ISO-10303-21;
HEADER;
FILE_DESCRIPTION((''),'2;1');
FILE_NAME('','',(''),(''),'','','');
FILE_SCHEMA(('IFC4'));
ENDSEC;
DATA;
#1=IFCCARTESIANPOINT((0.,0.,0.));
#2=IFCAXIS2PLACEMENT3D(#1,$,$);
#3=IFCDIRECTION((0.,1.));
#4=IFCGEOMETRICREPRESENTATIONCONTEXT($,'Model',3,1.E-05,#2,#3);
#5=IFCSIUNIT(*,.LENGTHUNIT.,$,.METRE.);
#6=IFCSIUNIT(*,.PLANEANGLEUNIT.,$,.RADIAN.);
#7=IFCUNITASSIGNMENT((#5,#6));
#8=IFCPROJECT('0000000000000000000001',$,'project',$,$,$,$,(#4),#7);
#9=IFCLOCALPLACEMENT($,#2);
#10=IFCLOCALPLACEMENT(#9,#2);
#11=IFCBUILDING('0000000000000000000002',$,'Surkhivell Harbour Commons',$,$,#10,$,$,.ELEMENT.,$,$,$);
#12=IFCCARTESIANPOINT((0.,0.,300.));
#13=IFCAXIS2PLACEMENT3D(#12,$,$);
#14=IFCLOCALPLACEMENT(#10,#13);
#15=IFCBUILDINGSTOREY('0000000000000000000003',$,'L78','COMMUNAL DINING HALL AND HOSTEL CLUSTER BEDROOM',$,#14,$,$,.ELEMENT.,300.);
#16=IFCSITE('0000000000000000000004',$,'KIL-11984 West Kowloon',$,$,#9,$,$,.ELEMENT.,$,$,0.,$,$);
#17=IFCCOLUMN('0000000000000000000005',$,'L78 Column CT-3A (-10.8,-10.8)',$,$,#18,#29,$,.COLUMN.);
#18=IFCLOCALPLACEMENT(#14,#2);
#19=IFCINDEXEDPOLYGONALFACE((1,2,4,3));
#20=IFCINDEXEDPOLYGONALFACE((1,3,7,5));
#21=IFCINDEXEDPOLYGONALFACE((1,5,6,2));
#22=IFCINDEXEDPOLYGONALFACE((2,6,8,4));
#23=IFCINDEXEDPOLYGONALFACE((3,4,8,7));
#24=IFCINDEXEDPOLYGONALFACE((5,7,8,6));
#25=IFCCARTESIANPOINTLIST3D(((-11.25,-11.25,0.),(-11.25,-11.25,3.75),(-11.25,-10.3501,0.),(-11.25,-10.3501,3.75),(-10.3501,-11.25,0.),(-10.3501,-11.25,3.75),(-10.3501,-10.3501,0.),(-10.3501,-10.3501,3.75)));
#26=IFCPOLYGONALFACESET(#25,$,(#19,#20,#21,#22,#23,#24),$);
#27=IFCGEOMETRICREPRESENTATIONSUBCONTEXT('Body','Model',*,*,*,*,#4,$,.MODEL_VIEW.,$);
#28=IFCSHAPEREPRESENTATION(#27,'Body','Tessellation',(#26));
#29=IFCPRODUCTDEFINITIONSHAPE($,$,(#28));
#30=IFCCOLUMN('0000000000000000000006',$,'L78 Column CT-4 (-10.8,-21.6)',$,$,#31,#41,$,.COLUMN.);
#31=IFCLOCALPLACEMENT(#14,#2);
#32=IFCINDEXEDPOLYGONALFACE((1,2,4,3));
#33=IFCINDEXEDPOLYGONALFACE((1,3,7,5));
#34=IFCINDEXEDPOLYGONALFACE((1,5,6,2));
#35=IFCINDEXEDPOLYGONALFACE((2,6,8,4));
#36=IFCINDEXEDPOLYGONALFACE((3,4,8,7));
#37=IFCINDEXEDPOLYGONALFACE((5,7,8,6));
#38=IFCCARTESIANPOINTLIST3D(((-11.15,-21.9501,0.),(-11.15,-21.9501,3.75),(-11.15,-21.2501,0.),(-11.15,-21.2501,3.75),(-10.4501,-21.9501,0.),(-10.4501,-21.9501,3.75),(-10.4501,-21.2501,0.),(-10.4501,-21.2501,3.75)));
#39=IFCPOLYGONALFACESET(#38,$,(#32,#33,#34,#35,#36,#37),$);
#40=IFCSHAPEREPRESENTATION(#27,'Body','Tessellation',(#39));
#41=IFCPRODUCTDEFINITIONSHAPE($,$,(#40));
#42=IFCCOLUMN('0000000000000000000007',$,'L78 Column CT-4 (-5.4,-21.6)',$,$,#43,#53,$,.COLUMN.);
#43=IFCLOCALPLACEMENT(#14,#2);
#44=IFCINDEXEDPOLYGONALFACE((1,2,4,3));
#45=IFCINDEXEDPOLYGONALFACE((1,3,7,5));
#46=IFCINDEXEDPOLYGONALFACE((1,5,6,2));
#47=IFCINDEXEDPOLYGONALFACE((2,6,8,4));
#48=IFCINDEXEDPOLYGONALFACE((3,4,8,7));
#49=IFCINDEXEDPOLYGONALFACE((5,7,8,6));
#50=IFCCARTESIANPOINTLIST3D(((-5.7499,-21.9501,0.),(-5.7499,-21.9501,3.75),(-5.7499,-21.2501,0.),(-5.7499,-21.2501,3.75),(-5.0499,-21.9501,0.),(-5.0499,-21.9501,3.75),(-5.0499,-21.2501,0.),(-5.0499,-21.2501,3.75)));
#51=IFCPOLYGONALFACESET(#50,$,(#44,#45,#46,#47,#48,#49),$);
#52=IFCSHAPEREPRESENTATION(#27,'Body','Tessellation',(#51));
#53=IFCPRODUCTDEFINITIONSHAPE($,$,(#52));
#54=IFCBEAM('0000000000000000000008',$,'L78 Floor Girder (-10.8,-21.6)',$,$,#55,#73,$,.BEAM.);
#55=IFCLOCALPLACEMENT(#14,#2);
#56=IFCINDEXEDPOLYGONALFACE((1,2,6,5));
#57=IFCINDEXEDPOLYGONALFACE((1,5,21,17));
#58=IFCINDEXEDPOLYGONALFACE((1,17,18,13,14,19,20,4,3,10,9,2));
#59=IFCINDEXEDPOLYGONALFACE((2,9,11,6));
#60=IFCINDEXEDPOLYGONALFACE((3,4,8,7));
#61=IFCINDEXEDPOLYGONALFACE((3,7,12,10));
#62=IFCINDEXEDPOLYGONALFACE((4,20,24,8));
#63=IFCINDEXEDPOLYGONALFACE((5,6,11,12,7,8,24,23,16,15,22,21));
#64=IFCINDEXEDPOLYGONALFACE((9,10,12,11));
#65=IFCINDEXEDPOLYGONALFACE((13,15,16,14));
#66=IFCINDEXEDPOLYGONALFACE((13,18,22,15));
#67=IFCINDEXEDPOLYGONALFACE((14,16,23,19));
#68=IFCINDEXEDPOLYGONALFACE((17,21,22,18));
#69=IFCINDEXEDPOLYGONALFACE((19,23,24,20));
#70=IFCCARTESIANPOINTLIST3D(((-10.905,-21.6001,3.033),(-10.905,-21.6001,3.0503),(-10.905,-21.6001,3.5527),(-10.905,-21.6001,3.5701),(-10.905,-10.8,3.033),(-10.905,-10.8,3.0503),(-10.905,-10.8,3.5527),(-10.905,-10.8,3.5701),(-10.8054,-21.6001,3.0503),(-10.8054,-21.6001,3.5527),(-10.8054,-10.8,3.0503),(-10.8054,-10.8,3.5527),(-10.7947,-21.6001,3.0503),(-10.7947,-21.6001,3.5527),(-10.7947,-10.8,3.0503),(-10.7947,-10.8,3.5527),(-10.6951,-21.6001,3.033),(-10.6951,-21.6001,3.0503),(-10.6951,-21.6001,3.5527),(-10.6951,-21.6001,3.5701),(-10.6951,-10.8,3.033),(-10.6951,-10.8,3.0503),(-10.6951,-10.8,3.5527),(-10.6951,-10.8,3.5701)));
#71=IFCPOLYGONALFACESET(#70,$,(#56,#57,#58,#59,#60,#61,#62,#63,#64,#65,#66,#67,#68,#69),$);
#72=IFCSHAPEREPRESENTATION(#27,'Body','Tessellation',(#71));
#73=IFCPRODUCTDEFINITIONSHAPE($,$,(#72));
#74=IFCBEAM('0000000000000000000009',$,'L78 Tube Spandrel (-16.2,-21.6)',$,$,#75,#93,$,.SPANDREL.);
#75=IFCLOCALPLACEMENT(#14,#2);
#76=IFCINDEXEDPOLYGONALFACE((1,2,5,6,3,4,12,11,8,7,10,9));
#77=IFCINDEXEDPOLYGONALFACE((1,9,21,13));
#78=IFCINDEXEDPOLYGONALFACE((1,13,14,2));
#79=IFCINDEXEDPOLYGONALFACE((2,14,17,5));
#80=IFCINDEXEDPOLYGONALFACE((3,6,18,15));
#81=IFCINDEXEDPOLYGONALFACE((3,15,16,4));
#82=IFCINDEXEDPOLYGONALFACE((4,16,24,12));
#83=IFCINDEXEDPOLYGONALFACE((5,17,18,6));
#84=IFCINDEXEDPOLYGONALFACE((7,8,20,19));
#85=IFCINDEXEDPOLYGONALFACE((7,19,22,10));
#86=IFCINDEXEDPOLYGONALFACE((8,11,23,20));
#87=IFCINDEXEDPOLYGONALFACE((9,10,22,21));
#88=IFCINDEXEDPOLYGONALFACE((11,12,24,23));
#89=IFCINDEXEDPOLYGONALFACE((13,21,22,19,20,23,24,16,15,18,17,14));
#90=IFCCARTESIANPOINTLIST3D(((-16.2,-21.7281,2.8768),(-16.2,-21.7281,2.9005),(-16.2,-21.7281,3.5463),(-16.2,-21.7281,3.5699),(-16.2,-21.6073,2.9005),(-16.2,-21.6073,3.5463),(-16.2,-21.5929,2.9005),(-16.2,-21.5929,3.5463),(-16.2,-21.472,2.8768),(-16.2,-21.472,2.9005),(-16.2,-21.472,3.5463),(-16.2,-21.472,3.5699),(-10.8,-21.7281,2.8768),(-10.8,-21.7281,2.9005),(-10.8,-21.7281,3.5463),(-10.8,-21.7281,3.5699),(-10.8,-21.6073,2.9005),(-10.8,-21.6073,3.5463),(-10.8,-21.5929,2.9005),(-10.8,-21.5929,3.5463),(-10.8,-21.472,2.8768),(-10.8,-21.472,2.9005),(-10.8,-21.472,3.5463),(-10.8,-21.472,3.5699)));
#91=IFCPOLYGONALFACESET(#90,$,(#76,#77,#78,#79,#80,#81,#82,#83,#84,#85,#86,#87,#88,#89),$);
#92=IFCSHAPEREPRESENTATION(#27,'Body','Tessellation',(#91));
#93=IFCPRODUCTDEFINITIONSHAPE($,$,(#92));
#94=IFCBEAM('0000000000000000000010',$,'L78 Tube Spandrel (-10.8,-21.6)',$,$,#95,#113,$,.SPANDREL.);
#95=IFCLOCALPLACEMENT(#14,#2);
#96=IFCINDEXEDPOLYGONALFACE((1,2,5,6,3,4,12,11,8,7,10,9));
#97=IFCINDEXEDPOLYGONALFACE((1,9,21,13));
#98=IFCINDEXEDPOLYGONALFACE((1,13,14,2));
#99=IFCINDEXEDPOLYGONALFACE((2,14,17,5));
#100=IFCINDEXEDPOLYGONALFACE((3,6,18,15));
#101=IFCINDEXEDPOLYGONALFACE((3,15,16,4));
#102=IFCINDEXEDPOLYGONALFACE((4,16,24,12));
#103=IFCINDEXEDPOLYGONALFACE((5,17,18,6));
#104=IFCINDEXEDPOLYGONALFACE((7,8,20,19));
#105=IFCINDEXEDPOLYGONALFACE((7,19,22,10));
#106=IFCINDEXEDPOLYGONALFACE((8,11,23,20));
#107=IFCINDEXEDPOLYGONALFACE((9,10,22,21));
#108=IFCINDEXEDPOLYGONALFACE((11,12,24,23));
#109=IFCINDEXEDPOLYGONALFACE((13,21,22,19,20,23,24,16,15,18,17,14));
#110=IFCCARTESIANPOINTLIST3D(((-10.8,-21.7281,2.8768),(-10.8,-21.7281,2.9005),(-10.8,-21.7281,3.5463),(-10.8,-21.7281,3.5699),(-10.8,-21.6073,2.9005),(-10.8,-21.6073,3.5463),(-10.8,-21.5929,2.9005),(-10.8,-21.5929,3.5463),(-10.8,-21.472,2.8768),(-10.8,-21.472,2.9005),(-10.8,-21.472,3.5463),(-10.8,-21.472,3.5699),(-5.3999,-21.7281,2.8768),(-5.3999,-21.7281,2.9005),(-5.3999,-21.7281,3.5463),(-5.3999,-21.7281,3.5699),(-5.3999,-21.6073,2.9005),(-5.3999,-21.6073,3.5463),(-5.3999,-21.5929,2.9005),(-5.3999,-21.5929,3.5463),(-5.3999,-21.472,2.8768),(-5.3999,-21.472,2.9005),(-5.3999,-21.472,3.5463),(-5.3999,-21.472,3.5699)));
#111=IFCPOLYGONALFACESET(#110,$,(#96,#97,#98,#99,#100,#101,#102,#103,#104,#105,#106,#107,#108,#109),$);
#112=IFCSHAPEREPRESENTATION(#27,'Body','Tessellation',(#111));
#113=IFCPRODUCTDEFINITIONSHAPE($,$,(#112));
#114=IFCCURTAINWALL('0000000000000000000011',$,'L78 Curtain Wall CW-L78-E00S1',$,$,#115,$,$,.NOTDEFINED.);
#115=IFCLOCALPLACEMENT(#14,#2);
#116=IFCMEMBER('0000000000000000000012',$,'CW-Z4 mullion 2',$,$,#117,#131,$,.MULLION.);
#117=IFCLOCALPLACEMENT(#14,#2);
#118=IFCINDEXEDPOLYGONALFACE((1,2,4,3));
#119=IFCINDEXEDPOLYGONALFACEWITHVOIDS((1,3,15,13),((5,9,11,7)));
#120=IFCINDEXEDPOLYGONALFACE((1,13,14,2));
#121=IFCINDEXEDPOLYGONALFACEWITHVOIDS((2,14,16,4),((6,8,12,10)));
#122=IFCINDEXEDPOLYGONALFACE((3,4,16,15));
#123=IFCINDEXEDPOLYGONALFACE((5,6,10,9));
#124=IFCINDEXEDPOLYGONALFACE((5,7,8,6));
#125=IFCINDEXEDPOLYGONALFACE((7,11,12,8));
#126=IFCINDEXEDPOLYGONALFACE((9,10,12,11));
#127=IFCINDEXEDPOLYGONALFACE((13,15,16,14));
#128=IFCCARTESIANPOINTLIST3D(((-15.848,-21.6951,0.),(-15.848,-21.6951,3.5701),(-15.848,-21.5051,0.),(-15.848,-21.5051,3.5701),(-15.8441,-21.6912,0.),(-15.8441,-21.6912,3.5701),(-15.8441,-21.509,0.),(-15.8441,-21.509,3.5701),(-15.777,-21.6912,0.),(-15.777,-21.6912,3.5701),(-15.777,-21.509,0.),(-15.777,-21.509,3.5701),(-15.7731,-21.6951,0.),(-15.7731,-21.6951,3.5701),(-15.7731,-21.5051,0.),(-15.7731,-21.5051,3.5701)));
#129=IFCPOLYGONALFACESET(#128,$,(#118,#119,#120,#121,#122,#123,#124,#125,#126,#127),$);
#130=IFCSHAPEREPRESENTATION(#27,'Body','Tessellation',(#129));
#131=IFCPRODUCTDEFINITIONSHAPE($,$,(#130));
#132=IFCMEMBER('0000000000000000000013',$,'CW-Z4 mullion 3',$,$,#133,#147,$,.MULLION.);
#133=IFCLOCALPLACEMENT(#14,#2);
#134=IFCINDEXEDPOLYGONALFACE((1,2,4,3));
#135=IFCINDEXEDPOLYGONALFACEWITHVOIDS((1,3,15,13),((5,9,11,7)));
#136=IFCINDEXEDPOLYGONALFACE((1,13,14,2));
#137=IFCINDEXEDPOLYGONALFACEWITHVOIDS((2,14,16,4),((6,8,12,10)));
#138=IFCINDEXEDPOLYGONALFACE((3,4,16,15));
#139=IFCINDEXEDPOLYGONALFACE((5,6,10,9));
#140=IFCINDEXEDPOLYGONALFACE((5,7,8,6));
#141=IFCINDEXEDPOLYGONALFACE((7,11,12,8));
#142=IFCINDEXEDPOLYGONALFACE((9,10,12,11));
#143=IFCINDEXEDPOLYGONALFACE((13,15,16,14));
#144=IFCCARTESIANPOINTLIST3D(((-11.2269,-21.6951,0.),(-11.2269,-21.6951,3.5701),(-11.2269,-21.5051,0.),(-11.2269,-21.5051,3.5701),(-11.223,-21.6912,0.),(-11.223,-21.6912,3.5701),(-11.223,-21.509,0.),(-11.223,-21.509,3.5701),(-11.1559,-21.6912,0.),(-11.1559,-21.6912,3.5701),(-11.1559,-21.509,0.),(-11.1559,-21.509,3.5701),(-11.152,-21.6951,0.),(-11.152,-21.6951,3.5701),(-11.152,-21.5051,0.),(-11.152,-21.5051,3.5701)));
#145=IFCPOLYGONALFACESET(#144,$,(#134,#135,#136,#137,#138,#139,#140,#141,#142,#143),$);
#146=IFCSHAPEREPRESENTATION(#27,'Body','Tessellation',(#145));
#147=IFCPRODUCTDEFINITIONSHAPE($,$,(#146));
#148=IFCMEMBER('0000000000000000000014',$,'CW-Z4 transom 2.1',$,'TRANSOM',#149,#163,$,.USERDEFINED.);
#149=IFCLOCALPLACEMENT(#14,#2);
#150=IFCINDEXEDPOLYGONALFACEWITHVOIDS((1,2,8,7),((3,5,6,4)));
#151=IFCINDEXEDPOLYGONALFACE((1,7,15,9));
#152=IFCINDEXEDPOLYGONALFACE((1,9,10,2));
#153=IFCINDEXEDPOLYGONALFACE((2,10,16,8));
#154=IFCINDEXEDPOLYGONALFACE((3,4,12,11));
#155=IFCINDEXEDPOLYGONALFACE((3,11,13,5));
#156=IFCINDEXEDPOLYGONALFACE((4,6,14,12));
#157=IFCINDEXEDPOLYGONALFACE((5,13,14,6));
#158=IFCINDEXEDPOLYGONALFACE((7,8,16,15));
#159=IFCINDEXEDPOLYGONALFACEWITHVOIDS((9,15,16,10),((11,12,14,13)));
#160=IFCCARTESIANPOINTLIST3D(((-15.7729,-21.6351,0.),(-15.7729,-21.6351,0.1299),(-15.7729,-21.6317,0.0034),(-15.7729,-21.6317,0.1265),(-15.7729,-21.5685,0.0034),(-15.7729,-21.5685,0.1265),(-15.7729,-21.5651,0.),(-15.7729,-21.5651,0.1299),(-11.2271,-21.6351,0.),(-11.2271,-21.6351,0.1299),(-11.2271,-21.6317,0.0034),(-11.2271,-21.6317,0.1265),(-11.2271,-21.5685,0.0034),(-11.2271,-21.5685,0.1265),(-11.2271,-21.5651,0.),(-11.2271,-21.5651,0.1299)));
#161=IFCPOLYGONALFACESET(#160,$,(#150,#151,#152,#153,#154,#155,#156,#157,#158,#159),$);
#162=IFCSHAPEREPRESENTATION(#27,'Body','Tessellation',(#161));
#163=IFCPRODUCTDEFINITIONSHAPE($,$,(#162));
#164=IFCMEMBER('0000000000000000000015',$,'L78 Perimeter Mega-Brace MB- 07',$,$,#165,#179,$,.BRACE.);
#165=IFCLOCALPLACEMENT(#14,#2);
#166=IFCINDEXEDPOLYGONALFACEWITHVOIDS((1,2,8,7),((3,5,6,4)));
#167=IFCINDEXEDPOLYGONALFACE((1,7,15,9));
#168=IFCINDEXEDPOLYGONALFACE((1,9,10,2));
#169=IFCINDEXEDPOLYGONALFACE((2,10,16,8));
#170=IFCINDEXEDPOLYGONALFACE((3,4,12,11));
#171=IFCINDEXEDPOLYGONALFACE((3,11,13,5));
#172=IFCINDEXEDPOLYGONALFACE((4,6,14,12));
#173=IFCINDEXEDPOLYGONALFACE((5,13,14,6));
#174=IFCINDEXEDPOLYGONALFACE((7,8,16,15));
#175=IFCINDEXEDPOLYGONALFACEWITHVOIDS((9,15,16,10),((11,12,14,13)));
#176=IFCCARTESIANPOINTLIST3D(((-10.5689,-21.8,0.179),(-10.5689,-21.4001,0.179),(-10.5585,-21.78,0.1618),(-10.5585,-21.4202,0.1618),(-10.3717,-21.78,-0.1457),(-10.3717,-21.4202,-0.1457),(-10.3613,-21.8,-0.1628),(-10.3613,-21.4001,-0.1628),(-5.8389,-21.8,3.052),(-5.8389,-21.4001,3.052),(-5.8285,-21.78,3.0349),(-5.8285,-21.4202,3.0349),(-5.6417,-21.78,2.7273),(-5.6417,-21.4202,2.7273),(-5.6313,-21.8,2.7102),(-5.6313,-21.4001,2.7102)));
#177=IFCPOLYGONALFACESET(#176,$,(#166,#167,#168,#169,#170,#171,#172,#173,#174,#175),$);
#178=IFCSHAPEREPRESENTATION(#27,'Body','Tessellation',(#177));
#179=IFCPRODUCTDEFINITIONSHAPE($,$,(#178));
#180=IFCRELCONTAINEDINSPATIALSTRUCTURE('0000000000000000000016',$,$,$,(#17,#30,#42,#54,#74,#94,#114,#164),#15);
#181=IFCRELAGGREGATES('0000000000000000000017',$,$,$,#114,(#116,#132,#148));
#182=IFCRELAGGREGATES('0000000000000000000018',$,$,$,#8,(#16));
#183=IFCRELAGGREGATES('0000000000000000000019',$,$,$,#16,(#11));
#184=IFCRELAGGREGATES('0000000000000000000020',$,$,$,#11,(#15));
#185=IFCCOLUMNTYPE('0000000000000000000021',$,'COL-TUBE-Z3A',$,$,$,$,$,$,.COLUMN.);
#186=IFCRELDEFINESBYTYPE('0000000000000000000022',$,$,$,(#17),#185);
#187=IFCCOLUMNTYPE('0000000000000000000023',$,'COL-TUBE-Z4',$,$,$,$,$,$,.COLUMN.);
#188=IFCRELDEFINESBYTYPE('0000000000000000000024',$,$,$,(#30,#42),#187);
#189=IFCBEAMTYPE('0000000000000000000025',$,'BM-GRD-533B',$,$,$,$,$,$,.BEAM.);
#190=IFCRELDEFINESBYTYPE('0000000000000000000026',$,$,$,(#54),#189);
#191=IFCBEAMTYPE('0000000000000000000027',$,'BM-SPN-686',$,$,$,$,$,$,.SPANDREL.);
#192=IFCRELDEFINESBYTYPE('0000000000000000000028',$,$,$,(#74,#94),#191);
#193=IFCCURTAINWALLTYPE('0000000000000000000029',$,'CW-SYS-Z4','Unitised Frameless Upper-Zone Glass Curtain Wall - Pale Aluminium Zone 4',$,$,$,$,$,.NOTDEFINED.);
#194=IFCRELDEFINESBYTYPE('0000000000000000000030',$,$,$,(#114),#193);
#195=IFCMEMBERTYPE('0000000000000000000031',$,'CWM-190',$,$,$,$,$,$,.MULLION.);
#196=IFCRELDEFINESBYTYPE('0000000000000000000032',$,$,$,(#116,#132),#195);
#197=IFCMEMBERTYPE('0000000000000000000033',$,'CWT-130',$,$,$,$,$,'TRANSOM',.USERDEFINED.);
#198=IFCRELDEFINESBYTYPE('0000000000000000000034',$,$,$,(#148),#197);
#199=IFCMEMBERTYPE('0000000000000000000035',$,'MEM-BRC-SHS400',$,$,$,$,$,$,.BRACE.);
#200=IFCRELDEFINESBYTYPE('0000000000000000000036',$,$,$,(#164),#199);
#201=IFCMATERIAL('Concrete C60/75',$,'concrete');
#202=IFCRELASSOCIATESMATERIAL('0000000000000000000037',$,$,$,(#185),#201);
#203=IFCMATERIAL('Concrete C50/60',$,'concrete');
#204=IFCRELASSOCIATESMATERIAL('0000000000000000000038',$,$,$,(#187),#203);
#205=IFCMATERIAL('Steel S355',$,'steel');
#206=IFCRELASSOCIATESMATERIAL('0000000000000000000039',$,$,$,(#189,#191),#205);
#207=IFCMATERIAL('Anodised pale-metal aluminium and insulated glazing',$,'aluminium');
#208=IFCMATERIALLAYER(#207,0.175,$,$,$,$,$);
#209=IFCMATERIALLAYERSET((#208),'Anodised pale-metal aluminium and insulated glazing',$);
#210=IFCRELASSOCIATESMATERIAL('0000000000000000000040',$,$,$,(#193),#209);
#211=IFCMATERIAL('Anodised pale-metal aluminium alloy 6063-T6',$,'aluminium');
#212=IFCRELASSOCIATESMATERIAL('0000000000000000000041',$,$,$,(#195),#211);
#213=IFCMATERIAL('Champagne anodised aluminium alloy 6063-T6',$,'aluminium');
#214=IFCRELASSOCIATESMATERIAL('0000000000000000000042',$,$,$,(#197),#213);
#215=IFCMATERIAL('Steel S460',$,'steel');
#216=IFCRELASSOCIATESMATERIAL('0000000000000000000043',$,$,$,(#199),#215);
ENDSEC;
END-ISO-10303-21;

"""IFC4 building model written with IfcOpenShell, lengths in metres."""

from ifc_helpers import new_model, si_unit, direction, frame, origin, origin_2d, place, context, subcontext, project, spatial, rectangle, hollow_rectangle, i_section, extrude, material, layer, layer_set, material_profile, profile_set, type_object, element, aggregate, save


model = new_model("IFC4")

# Units and contexts
model_context = context("Model", 3, precision=1e-05, world=origin(), true_north=direction((0.0, 1.0)))
body_context = subcontext(model_context, "Body", "Model", "MODEL_VIEW")
ifc_project = project(units=[si_unit("LENGTHUNIT", "METRE"), si_unit("PLANEANGLEUNIT", "RADIAN")], contexts=[model_context])

# Site, building, storey
site_placement = place(None, origin())
site = spatial("IfcSite", under=ifc_project, at=site_placement, Name="KIL-11984 West Kowloon", CompositionType="ELEMENT", RefElevation=0.0)
building_placement = place(site_placement, origin())
building = spatial("IfcBuilding", under=site, at=building_placement, Name="Surkhivell Harbour Commons", CompositionType="ELEMENT")
storey_placement = place(building_placement, frame((0.0, 0.0, 300.0)))
storey = spatial("IfcBuildingStorey", under=building, at=storey_placement, Name="L78", Description="COMMUNAL DINING HALL AND HOSTEL CLUSTER BEDROOM", CompositionType="ELEMENT", Elevation=300.0)

# Columns
ifc_material_1 = material(Name="Concrete C60/75", Category="concrete")
ifc_material_profile_1 = material_profile(ifc_material_1, rectangle(XDim=0.8999, YDim=0.8999, at=origin_2d()), Name="RC-COL-900x900")
ifc_profile_set_1 = profile_set([ifc_material_profile_1], Name="Concrete C60/75")
column_type_1 = type_object("IfcColumnType", Name="COL-TUBE-Z3A", PredefinedType="COLUMN", material=ifc_profile_set_1)
column_placement = place(storey_placement, frame((-10.8, -10.8, 0.0), z_axis=(0.0, 0.0, 1.0), x_axis=(1.0, 0.0, 0.0)))
element("IfcColumn", 1, at=column_placement, inside=storey, type_object=column_type_1, Name="L78 Column CT-3A (-10.8,-10.8)", PredefinedType="COLUMN", context=body_context, shape_type="SweptSolid", body=[
    extrude(rectangle(XDim=0.8999, YDim=0.8999, at=origin_2d()), origin(), (0.0, 0.0, 1.0), 3.75),
])
ifc_material_2 = material(Name="Concrete C50/60", Category="concrete")
ifc_material_profile_2 = material_profile(ifc_material_2, rectangle(XDim=0.7, YDim=0.7, at=origin_2d()), Name="RC-COL-700x700")
ifc_profile_set_2 = profile_set([ifc_material_profile_2], Name="Concrete C50/60")
column_type_2 = type_object("IfcColumnType", Name="COL-TUBE-Z4", PredefinedType="COLUMN", material=ifc_profile_set_2)
for number, where, z_axis, x_axis, name in (
    (2, (-10.8, -21.6001, 0.0), (0.0, 0.0, 1.0), (1.0, 0.0, 0.0), "L78 Column CT-4 (-10.8,-21.6)"),
    (3, (-5.3999, -21.6001, 0.0), (0.0, 0.0, 1.0), (1.0, 0.0, 0.0), "L78 Column CT-4 (-5.4,-21.6)"),
):
    element("IfcColumn", number, at=place(storey_placement, frame(where, z_axis=z_axis, x_axis=x_axis)), inside=storey, type_object=column_type_2, Name=name, PredefinedType="COLUMN", context=body_context, shape_type="SweptSolid", body=[
        extrude(rectangle(XDim=0.7, YDim=0.7, at=origin_2d()), origin(), (0.0, 0.0, 1.0), 3.75),
    ])

# Beams
ifc_material_3 = material(Name="Steel S355", Category="steel")
ifc_material_profile_3 = material_profile(ifc_material_3, i_section(OverallWidth=0.21, OverallDepth=0.5371, WebThickness=0.0107, FlangeThickness=0.0173, at=origin_2d()), Name="UB533x210x101")
ifc_profile_set_3 = profile_set([ifc_material_profile_3], Name="Steel S355")
beam_type_1 = type_object("IfcBeamType", Name="BM-GRD-533B", PredefinedType="BEAM", material=ifc_profile_set_3)
beam_1_placement = place(storey_placement, frame((-10.8, -21.6001, 3.3015), z_axis=(0.0, 1.0, 0.0), x_axis=(-1.0, 0.0, 0.0)))
element("IfcBeam", 4, at=beam_1_placement, inside=storey, type_object=beam_type_1, Name="L78 Floor Girder (-10.8,-21.6)", PredefinedType="BEAM", context=body_context, shape_type="SweptSolid", body=[
    extrude(i_section(OverallWidth=0.21, OverallDepth=0.5371, WebThickness=0.0107, FlangeThickness=0.0173, at=origin_2d()), origin(), (0.0, 0.0, 1.0), 10.8),
])
ifc_material_profile_4 = material_profile(ifc_material_3, i_section(OverallWidth=0.2561, OverallDepth=0.6931, WebThickness=0.0144, FlangeThickness=0.0237, at=origin_2d()), Name="UB686x254x170")
ifc_profile_set_4 = profile_set([ifc_material_profile_4], Name="Steel S355")
beam_type_2 = type_object("IfcBeamType", Name="BM-SPN-686", PredefinedType="SPANDREL", material=ifc_profile_set_4)
beam_2_placement = place(storey_placement, frame((-16.2, -21.6001, 3.2234), z_axis=(1.0, 0.0, 0.0), x_axis=(0.0, 1.0, 0.0)))
element("IfcBeam", 5, at=beam_2_placement, inside=storey, type_object=beam_type_2, Name="L78 Tube Spandrel (-16.2,-21.6)", PredefinedType="SPANDREL", context=body_context, shape_type="SweptSolid", body=[
    extrude(i_section(OverallWidth=0.2561, OverallDepth=0.6931, WebThickness=0.0144, FlangeThickness=0.0237, at=origin_2d()), origin(), (0.0, 0.0, 1.0), 5.3999),
])
beam_3_placement = place(storey_placement, frame((-10.8, -21.6001, 3.2234), z_axis=(1.0, 0.0, 0.0), x_axis=(0.0, 1.0, 0.0)))
element("IfcBeam", 6, at=beam_3_placement, inside=storey, type_object=beam_type_2, Name="L78 Tube Spandrel (-10.8,-21.6)", PredefinedType="SPANDREL", context=body_context, shape_type="SweptSolid", body=[
    extrude(i_section(OverallWidth=0.2561, OverallDepth=0.6931, WebThickness=0.0144, FlangeThickness=0.0237, at=origin_2d()), origin(), (0.0, 0.0, 1.0), 5.4001),
])

# Curtain wall, members
ifc_material_4 = material(Name="Anodised pale-metal aluminium and insulated glazing", Category="aluminium")
ifc_layer_1 = layer(ifc_material_4, 0.175)
ifc_layer_set_1 = layer_set([ifc_layer_1], Name="Anodised pale-metal aluminium and insulated glazing")
curtain_wall_type = type_object("IfcCurtainWallType", Name="CW-SYS-Z4", Description="Unitised Frameless Upper-Zone Glass Curtain Wall - Pale Aluminium Zone 4", PredefinedType="NOTDEFINED", material=ifc_layer_set_1)
curtain_wall_placement = place(storey_placement, origin())
curtain_wall = element("IfcCurtainWall", 7, at=curtain_wall_placement, inside=storey, type_object=curtain_wall_type, Name="L78 Curtain Wall CW-L78-E00S1", PredefinedType="NOTDEFINED")
ifc_material_5 = material(Name="Anodised pale-metal aluminium alloy 6063-T6", Category="aluminium")
ifc_material_profile_5 = material_profile(ifc_material_5, hollow_rectangle(XDim=0.075, YDim=0.1899, WallThickness=0.0039, at=origin_2d()), Name="ALU-MULL-75x190")
ifc_profile_set_5 = profile_set([ifc_material_profile_5], Name="Anodised pale-metal aluminium alloy 6063-T6")
member_type_1 = type_object("IfcMemberType", Name="CWM-190", PredefinedType="MULLION", material=ifc_profile_set_5)
member_1_placement = place(storey_placement, frame((-15.8105, -21.6001, 0.0), z_axis=(0.0, 0.0, 1.0), x_axis=(1.0, 0.0, 0.0)))
member_1 = element("IfcMember", 8, at=member_1_placement, type_object=member_type_1, Name="CW-Z4 mullion 2", PredefinedType="MULLION", context=body_context, shape_type="SweptSolid", body=[
    extrude(hollow_rectangle(XDim=0.075, YDim=0.1899, WallThickness=0.0039, at=origin_2d()), origin(), (0.0, 0.0, 1.0), 3.5701),
])
member_2_placement = place(storey_placement, frame((-11.1895, -21.6001, 0.0), z_axis=(0.0, 0.0, 1.0), x_axis=(1.0, 0.0, 0.0)))
member_2 = element("IfcMember", 9, at=member_2_placement, type_object=member_type_1, Name="CW-Z4 mullion 3", PredefinedType="MULLION", context=body_context, shape_type="SweptSolid", body=[
    extrude(hollow_rectangle(XDim=0.075, YDim=0.1899, WallThickness=0.0039, at=origin_2d()), origin(), (0.0, 0.0, 1.0), 3.5701),
])
ifc_material_6 = material(Name="Champagne anodised aluminium alloy 6063-T6", Category="aluminium")
ifc_material_profile_6 = material_profile(ifc_material_6, hollow_rectangle(XDim=0.0701, YDim=0.1299, WallThickness=0.0034, at=origin_2d()), Name="ALU-TRAN-70x130")
ifc_profile_set_6 = profile_set([ifc_material_profile_6], Name="Champagne anodised aluminium alloy 6063-T6")
member_type_2 = type_object("IfcMemberType", Name="CWT-130", ElementType="TRANSOM", PredefinedType="USERDEFINED", material=ifc_profile_set_6)
member_3_placement = place(storey_placement, frame((-15.7729, -21.6001, 0.0649), z_axis=(1.0, 0.0, 0.0), x_axis=(0.0, 1.0, 0.0)))
member_3 = element("IfcMember", 10, at=member_3_placement, type_object=member_type_2, Name="CW-Z4 transom 2.1", ObjectType="TRANSOM", PredefinedType="USERDEFINED", context=body_context, shape_type="SweptSolid", body=[
    extrude(hollow_rectangle(XDim=0.0701, YDim=0.1299, WallThickness=0.0034, at=origin_2d()), origin(), (0.0, 0.0, 1.0), 4.5459),
])

# Member
ifc_material_7 = material(Name="Steel S460", Category="steel")
ifc_material_profile_7 = material_profile(ifc_material_7, hollow_rectangle(XDim=0.3999, YDim=0.3999, WallThickness=0.02, at=origin_2d()), Name="SHS400x400x20")
ifc_profile_set_7 = profile_set([ifc_material_profile_7], Name="Steel S460")
member_type_3 = type_object("IfcMemberType", Name="MEM-BRC-SHS400", PredefinedType="BRACE", material=ifc_profile_set_7)
member_4_placement = place(storey_placement, frame((-10.4651, -21.6001, 0.0081), z_axis=(0.854685, 0.0, 0.519146), x_axis=(0.0, 1.0, 0.0)))
element("IfcMember", 11, at=member_4_placement, inside=storey, type_object=member_type_3, Name="L78 Perimeter Mega-Brace MB- 07", PredefinedType="BRACE", context=body_context, shape_type="SweptSolid", body=[
    extrude(hollow_rectangle(XDim=0.3999, YDim=0.3999, WallThickness=0.02, at=origin_2d()), origin(), (0.0, 0.0, 1.0), 5.5342),
])

aggregate(curtain_wall, [member_1, member_2, member_3])

save(model, "model.ifc")
